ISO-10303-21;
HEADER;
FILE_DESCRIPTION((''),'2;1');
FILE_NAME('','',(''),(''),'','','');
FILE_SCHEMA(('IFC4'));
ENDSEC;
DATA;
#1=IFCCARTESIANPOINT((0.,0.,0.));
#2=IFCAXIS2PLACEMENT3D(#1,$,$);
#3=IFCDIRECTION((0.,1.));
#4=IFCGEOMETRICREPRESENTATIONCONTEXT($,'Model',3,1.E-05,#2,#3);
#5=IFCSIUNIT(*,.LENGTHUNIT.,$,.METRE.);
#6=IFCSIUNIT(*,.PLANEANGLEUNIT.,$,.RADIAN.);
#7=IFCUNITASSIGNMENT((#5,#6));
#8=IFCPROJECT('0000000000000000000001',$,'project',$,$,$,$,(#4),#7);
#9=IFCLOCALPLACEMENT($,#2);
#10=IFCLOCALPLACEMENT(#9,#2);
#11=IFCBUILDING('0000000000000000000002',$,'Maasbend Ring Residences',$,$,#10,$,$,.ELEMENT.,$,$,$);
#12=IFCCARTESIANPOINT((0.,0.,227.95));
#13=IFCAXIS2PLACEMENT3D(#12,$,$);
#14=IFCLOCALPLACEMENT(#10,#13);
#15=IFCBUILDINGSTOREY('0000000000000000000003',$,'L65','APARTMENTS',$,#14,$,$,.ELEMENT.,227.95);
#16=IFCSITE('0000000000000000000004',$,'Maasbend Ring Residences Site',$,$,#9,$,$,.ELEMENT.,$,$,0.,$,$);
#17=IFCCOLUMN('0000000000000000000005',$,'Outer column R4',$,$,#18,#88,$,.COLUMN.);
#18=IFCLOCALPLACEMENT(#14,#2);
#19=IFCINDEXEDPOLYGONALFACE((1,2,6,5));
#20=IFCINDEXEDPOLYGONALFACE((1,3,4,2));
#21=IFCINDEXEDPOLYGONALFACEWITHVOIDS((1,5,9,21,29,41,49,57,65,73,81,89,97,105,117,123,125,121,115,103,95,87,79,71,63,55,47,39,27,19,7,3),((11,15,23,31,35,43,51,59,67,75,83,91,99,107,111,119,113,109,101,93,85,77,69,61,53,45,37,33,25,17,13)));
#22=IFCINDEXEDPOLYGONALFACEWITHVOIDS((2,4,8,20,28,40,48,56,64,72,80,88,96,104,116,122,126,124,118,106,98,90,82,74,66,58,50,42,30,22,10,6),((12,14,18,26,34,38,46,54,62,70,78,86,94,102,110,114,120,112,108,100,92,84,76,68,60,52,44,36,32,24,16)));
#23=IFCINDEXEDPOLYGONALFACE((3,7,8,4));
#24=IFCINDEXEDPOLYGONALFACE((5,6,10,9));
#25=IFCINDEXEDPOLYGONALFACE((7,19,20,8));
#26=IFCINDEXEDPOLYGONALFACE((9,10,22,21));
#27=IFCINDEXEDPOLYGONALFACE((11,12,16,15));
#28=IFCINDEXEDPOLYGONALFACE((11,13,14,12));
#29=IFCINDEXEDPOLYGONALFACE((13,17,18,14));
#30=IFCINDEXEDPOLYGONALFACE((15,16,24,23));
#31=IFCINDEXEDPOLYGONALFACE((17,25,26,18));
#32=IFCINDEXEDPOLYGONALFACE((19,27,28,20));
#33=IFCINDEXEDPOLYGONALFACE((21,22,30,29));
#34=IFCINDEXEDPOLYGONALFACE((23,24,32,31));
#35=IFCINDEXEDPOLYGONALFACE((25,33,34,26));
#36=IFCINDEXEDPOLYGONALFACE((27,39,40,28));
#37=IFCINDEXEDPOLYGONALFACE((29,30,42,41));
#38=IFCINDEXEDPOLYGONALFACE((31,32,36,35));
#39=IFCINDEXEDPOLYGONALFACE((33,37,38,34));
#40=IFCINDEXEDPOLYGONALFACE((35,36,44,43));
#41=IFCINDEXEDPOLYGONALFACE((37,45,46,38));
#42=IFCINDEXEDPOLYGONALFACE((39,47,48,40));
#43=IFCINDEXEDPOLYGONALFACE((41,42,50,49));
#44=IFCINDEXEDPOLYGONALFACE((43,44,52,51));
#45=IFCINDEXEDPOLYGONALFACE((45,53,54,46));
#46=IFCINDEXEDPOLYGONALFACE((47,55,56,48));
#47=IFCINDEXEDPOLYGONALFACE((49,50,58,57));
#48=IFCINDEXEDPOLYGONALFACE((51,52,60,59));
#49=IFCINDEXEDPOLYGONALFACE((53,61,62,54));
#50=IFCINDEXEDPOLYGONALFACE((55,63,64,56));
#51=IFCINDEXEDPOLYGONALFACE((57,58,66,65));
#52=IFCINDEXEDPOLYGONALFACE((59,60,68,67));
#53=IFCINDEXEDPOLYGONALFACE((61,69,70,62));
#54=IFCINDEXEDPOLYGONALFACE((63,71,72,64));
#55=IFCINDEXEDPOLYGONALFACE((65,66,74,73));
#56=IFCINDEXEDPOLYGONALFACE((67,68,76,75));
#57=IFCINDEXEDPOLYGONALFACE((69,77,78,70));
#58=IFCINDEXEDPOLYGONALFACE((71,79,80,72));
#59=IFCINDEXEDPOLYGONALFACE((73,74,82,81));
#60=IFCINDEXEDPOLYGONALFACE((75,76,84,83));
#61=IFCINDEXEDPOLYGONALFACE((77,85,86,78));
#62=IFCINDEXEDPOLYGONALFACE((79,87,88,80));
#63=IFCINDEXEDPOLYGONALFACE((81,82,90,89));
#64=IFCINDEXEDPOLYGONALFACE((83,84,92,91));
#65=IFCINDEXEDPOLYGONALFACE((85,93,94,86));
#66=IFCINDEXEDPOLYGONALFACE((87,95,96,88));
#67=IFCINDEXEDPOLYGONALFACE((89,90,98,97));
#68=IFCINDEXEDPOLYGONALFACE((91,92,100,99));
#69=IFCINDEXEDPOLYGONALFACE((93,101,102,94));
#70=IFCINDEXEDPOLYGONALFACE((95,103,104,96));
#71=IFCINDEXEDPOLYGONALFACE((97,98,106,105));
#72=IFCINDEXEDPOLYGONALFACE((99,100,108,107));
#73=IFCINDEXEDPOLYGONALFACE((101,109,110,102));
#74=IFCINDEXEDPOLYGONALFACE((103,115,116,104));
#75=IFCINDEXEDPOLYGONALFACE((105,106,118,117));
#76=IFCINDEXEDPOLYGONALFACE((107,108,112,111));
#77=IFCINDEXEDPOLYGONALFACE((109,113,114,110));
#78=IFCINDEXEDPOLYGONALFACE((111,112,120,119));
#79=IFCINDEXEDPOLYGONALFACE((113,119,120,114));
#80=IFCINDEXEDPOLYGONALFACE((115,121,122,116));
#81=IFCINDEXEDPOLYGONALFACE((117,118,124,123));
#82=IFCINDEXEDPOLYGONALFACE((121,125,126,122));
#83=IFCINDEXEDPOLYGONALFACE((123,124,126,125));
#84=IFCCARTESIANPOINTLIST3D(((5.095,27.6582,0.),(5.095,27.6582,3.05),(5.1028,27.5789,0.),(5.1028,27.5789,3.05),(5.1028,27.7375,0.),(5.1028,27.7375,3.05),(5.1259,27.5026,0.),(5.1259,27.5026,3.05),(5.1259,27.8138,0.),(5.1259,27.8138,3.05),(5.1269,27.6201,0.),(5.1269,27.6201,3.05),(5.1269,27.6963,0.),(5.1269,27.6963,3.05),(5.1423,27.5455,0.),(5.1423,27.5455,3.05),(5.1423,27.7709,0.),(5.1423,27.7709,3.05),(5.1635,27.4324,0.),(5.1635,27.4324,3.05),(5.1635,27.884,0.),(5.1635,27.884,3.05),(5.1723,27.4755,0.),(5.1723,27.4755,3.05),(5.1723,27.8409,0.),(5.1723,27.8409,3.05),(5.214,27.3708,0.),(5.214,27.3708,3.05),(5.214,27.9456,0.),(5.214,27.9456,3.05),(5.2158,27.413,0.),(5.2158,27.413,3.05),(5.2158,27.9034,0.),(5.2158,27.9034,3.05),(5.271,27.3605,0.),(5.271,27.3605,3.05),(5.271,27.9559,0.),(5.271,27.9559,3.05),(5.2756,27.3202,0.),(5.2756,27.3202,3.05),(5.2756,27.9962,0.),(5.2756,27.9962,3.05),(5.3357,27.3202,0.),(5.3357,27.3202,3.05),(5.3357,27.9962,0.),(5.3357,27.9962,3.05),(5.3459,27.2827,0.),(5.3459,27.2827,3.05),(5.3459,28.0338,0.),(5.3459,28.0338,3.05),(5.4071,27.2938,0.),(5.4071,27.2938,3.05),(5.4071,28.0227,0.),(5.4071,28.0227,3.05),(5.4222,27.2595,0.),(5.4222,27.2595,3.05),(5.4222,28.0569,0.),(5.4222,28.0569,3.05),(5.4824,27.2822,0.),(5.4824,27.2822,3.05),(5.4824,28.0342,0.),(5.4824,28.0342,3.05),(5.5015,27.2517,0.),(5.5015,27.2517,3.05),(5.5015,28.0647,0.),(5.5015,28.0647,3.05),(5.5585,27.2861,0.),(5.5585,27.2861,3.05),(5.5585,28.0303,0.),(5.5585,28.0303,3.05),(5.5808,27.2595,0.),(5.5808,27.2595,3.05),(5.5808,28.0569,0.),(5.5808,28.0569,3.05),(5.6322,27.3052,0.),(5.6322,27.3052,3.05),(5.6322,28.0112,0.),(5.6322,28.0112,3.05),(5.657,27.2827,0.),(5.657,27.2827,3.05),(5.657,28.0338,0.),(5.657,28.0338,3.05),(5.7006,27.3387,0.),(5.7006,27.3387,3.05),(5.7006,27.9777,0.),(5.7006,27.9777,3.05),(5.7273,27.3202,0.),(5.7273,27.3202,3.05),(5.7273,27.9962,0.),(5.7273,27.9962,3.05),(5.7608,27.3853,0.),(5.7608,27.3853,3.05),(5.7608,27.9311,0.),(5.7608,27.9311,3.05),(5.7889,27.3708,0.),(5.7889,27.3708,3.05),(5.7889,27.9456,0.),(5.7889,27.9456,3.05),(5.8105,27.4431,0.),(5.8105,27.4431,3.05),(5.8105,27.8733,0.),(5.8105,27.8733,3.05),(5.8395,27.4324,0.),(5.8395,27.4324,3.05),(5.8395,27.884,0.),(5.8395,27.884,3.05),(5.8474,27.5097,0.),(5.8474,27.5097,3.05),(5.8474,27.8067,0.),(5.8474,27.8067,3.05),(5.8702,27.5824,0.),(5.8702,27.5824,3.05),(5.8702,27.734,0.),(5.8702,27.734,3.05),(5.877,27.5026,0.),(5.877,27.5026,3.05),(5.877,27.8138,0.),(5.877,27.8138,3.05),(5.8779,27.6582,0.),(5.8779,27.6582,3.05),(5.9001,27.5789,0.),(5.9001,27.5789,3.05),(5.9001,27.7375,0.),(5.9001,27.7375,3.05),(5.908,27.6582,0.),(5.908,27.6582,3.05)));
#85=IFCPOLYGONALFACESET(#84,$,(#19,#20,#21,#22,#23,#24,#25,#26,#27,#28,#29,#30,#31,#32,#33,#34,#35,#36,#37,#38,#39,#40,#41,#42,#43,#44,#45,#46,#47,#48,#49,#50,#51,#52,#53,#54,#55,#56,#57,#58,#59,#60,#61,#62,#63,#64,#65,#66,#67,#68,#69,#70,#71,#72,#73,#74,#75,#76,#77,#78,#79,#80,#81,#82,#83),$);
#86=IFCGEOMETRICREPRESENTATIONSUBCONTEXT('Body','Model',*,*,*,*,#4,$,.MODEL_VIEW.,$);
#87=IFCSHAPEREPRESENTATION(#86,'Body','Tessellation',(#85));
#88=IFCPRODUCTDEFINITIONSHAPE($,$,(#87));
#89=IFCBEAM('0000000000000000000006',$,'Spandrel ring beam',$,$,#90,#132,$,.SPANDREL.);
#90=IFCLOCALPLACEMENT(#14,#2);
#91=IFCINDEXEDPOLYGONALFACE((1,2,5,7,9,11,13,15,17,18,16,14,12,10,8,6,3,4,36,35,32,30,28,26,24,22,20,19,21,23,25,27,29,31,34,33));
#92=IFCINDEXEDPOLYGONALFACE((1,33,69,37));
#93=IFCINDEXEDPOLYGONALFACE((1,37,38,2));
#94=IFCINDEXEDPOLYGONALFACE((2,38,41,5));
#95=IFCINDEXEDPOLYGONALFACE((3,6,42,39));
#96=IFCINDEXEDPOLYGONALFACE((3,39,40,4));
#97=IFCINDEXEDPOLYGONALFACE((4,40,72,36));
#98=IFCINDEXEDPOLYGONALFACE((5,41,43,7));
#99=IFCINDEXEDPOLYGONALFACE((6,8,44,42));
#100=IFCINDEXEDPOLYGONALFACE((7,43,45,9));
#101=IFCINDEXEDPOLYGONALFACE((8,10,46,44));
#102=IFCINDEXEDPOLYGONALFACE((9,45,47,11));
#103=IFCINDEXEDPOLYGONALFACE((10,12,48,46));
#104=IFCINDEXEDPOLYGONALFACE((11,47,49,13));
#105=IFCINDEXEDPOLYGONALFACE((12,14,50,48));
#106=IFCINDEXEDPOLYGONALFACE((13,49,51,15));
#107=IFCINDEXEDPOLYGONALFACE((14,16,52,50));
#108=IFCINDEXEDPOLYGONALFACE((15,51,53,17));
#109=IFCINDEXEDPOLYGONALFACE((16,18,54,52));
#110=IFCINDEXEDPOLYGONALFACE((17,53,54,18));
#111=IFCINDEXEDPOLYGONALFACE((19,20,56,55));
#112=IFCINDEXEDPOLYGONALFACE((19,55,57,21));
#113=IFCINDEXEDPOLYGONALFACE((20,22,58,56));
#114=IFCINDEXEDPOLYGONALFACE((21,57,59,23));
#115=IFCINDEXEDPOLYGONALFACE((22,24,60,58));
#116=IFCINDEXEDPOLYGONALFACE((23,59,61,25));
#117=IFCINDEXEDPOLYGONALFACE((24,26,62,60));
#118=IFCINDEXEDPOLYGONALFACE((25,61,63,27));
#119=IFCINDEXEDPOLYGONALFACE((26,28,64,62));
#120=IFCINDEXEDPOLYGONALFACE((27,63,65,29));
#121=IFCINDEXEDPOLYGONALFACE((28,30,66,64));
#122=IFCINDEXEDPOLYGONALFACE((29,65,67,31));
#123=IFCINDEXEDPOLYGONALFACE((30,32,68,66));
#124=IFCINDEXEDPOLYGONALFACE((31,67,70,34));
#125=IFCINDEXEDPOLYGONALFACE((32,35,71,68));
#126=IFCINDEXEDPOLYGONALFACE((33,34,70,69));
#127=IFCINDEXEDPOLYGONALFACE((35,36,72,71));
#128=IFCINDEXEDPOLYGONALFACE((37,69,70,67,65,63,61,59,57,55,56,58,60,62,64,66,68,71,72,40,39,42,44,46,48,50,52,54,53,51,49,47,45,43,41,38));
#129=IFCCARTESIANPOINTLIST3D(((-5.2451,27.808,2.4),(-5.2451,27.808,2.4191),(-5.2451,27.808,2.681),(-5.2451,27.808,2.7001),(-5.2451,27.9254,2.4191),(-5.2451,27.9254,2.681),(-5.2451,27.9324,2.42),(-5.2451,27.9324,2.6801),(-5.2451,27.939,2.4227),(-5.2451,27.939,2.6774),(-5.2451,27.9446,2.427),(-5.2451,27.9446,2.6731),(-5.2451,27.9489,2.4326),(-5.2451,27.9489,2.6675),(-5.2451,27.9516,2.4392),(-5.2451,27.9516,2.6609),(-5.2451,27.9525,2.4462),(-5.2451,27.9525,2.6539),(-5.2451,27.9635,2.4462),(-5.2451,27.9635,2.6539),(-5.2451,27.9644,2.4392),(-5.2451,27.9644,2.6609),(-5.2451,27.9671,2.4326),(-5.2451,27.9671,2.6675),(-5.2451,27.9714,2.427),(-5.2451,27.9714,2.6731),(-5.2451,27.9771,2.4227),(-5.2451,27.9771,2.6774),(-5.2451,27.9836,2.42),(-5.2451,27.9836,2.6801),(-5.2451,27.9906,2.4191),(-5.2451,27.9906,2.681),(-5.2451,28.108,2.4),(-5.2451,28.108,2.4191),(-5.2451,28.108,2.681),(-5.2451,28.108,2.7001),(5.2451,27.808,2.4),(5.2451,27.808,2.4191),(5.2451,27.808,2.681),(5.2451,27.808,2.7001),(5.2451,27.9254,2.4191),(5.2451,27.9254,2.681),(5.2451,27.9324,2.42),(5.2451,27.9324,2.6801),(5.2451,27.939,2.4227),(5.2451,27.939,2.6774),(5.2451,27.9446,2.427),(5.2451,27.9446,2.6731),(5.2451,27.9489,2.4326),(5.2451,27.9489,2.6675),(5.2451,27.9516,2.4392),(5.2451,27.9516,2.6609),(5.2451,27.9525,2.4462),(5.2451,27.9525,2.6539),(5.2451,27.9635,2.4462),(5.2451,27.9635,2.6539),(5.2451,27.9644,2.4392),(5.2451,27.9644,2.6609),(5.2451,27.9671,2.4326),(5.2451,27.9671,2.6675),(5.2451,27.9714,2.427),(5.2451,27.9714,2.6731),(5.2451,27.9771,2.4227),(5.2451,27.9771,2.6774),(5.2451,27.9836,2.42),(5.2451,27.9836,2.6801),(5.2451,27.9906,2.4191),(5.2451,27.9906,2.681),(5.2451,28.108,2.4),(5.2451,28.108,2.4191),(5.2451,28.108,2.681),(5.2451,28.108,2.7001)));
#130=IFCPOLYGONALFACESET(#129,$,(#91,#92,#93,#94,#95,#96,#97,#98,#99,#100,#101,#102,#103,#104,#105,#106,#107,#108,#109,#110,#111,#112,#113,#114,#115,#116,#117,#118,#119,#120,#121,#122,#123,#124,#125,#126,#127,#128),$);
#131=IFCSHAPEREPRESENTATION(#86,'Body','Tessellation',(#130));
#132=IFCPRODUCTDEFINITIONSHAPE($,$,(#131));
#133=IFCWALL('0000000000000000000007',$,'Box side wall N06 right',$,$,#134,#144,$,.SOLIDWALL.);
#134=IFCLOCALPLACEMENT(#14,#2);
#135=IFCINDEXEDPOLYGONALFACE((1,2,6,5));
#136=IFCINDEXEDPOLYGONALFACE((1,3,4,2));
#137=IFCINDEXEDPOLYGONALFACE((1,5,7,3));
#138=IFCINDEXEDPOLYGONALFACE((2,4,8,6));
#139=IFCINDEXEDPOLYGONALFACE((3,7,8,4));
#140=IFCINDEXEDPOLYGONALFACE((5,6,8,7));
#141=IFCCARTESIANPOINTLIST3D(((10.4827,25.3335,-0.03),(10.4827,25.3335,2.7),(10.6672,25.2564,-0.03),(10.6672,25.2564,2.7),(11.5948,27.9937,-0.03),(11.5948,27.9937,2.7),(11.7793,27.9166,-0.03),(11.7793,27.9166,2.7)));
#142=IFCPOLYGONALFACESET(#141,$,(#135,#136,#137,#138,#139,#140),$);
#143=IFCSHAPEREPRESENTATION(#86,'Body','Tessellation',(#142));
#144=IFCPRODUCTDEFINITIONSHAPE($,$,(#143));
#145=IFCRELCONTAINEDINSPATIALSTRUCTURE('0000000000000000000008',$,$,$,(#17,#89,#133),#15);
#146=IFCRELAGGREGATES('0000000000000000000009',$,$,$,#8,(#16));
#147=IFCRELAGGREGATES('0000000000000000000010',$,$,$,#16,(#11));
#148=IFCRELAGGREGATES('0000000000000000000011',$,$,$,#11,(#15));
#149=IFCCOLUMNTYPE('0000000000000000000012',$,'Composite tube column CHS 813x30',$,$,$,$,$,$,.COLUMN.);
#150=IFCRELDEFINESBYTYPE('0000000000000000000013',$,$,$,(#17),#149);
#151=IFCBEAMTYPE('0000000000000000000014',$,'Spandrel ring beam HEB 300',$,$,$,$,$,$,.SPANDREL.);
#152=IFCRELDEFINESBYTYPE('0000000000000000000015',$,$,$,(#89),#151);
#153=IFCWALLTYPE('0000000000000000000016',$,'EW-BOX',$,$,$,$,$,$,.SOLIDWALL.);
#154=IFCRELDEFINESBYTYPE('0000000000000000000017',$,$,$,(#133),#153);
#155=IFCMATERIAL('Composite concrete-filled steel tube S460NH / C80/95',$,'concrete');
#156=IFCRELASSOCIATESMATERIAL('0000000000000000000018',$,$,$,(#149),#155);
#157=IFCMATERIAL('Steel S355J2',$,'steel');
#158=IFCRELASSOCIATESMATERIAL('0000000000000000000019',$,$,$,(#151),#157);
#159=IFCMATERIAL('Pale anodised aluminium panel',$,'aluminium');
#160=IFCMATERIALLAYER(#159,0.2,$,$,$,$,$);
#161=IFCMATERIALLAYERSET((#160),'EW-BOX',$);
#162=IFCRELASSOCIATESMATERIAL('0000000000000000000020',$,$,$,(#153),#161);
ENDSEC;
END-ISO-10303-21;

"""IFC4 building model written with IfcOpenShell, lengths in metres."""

from ifc_helpers import new_model, si_unit, direction, frame, frame_2d, origin, origin_2d, place, context, subcontext, project, spatial, rectangle, hollow_circle, i_section, extrude, material, layer, layer_set, material_profile, profile_set, type_object, element, save


model = new_model("IFC4")

# Units and contexts
model_context = context("Model", 3, precision=1e-05, world=origin(), true_north=direction((0.0, 1.0)))
body_context = subcontext(model_context, "Body", "Model", "MODEL_VIEW")
ifc_project = project(units=[si_unit("LENGTHUNIT", "METRE"), si_unit("PLANEANGLEUNIT", "RADIAN")], contexts=[model_context])

# Site, building, storey
site_placement = place(None, origin())
site = spatial("IfcSite", under=ifc_project, at=site_placement, Name="Maasbend Ring Residences Site", CompositionType="ELEMENT", RefElevation=0.0)
building_placement = place(site_placement, origin())
building = spatial("IfcBuilding", under=site, at=building_placement, Name="Maasbend Ring Residences", CompositionType="ELEMENT")
storey_placement = place(building_placement, frame((0.0, 0.0, 227.95)))
storey = spatial("IfcBuildingStorey", under=building, at=storey_placement, Name="L65", Description="APARTMENTS", CompositionType="ELEMENT", Elevation=227.95)

# Column
ifc_material_1 = material(Name="Composite concrete-filled steel tube S460NH / C80/95", Category="concrete")
ifc_material_profile_1 = material_profile(ifc_material_1, hollow_circle(Radius=0.4065, WallThickness=0.03, at=origin_2d()), Name="Composite tube column CHS 813x30")
ifc_profile_set_1 = profile_set([ifc_material_profile_1], Name="Composite concrete-filled steel tube S460NH / C80/95")
column_type = type_object("IfcColumnType", Name="Composite tube column CHS 813x30", PredefinedType="COLUMN", material=ifc_profile_set_1)
column_placement = place(storey_placement, frame((5.5015, 27.6582, 0.0), z_axis=(0.0, 0.0, 1.0), x_axis=(1.0, 0.0, 0.0)))
element("IfcColumn", 1, at=column_placement, inside=storey, type_object=column_type, Name="Outer column R4", PredefinedType="COLUMN", context=body_context, shape_type="SweptSolid", body=[
    extrude(hollow_circle(Radius=0.4065, WallThickness=0.03, at=origin_2d()), origin(), (0.0, 0.0, 1.0), 3.05),
])

# Beam
ifc_material_2 = material(Name="Steel S355J2", Category="steel")
ifc_material_profile_2 = material_profile(ifc_material_2, i_section(OverallWidth=0.3, OverallDepth=0.3, WebThickness=0.011, FlangeThickness=0.019, FilletRadius=0.0271, at=origin_2d()), Name="HEB 300")
ifc_profile_set_2 = profile_set([ifc_material_profile_2], Name="Steel S355J2")
beam_type = type_object("IfcBeamType", Name="Spandrel ring beam HEB 300", PredefinedType="SPANDREL", material=ifc_profile_set_2)
beam_placement = place(storey_placement, frame((5.2451, 27.958, 2.55), z_axis=(-1.0, 0.0, 0.0), x_axis=(0.0, -1.0, 0.0)))
element("IfcBeam", 2, at=beam_placement, inside=storey, type_object=beam_type, Name="Spandrel ring beam", PredefinedType="SPANDREL", context=body_context, shape_type="SweptSolid", body=[
    extrude(i_section(OverallWidth=0.3, OverallDepth=0.3, WebThickness=0.011, FlangeThickness=0.019, FilletRadius=0.0271, at=origin_2d()), origin(), (0.0, 0.0, 1.0), 10.4902),
])

# Wall
ifc_material_3 = material(Name="Pale anodised aluminium panel", Category="aluminium")
ifc_layer_1 = layer(ifc_material_3, 0.2)
ifc_layer_set_1 = layer_set([ifc_layer_1], Name="EW-BOX")
wall_type_1 = type_object("IfcWallType", Name="EW-BOX", PredefinedType="SOLIDWALL", material=ifc_layer_set_1)
wall_1_placement = place(storey_placement, frame((10.575, 25.2949, -0.03), z_axis=(0.0, 0.0, 1.0), x_axis=(0.385697, 0.922625, 0.0)))
element("IfcWall", 3, at=wall_1_placement, inside=storey, type_object=wall_type_1, Name="Box side wall N06 right", PredefinedType="SOLIDWALL", context=body_context, shape_type="SweptSolid", body=[
    extrude(rectangle(XDim=2.8833, YDim=0.2, at=frame_2d((1.4417, 0.0))), origin(), (0.0, 0.0, 1.0), 2.73),
])

save(model, "model.ifc")
